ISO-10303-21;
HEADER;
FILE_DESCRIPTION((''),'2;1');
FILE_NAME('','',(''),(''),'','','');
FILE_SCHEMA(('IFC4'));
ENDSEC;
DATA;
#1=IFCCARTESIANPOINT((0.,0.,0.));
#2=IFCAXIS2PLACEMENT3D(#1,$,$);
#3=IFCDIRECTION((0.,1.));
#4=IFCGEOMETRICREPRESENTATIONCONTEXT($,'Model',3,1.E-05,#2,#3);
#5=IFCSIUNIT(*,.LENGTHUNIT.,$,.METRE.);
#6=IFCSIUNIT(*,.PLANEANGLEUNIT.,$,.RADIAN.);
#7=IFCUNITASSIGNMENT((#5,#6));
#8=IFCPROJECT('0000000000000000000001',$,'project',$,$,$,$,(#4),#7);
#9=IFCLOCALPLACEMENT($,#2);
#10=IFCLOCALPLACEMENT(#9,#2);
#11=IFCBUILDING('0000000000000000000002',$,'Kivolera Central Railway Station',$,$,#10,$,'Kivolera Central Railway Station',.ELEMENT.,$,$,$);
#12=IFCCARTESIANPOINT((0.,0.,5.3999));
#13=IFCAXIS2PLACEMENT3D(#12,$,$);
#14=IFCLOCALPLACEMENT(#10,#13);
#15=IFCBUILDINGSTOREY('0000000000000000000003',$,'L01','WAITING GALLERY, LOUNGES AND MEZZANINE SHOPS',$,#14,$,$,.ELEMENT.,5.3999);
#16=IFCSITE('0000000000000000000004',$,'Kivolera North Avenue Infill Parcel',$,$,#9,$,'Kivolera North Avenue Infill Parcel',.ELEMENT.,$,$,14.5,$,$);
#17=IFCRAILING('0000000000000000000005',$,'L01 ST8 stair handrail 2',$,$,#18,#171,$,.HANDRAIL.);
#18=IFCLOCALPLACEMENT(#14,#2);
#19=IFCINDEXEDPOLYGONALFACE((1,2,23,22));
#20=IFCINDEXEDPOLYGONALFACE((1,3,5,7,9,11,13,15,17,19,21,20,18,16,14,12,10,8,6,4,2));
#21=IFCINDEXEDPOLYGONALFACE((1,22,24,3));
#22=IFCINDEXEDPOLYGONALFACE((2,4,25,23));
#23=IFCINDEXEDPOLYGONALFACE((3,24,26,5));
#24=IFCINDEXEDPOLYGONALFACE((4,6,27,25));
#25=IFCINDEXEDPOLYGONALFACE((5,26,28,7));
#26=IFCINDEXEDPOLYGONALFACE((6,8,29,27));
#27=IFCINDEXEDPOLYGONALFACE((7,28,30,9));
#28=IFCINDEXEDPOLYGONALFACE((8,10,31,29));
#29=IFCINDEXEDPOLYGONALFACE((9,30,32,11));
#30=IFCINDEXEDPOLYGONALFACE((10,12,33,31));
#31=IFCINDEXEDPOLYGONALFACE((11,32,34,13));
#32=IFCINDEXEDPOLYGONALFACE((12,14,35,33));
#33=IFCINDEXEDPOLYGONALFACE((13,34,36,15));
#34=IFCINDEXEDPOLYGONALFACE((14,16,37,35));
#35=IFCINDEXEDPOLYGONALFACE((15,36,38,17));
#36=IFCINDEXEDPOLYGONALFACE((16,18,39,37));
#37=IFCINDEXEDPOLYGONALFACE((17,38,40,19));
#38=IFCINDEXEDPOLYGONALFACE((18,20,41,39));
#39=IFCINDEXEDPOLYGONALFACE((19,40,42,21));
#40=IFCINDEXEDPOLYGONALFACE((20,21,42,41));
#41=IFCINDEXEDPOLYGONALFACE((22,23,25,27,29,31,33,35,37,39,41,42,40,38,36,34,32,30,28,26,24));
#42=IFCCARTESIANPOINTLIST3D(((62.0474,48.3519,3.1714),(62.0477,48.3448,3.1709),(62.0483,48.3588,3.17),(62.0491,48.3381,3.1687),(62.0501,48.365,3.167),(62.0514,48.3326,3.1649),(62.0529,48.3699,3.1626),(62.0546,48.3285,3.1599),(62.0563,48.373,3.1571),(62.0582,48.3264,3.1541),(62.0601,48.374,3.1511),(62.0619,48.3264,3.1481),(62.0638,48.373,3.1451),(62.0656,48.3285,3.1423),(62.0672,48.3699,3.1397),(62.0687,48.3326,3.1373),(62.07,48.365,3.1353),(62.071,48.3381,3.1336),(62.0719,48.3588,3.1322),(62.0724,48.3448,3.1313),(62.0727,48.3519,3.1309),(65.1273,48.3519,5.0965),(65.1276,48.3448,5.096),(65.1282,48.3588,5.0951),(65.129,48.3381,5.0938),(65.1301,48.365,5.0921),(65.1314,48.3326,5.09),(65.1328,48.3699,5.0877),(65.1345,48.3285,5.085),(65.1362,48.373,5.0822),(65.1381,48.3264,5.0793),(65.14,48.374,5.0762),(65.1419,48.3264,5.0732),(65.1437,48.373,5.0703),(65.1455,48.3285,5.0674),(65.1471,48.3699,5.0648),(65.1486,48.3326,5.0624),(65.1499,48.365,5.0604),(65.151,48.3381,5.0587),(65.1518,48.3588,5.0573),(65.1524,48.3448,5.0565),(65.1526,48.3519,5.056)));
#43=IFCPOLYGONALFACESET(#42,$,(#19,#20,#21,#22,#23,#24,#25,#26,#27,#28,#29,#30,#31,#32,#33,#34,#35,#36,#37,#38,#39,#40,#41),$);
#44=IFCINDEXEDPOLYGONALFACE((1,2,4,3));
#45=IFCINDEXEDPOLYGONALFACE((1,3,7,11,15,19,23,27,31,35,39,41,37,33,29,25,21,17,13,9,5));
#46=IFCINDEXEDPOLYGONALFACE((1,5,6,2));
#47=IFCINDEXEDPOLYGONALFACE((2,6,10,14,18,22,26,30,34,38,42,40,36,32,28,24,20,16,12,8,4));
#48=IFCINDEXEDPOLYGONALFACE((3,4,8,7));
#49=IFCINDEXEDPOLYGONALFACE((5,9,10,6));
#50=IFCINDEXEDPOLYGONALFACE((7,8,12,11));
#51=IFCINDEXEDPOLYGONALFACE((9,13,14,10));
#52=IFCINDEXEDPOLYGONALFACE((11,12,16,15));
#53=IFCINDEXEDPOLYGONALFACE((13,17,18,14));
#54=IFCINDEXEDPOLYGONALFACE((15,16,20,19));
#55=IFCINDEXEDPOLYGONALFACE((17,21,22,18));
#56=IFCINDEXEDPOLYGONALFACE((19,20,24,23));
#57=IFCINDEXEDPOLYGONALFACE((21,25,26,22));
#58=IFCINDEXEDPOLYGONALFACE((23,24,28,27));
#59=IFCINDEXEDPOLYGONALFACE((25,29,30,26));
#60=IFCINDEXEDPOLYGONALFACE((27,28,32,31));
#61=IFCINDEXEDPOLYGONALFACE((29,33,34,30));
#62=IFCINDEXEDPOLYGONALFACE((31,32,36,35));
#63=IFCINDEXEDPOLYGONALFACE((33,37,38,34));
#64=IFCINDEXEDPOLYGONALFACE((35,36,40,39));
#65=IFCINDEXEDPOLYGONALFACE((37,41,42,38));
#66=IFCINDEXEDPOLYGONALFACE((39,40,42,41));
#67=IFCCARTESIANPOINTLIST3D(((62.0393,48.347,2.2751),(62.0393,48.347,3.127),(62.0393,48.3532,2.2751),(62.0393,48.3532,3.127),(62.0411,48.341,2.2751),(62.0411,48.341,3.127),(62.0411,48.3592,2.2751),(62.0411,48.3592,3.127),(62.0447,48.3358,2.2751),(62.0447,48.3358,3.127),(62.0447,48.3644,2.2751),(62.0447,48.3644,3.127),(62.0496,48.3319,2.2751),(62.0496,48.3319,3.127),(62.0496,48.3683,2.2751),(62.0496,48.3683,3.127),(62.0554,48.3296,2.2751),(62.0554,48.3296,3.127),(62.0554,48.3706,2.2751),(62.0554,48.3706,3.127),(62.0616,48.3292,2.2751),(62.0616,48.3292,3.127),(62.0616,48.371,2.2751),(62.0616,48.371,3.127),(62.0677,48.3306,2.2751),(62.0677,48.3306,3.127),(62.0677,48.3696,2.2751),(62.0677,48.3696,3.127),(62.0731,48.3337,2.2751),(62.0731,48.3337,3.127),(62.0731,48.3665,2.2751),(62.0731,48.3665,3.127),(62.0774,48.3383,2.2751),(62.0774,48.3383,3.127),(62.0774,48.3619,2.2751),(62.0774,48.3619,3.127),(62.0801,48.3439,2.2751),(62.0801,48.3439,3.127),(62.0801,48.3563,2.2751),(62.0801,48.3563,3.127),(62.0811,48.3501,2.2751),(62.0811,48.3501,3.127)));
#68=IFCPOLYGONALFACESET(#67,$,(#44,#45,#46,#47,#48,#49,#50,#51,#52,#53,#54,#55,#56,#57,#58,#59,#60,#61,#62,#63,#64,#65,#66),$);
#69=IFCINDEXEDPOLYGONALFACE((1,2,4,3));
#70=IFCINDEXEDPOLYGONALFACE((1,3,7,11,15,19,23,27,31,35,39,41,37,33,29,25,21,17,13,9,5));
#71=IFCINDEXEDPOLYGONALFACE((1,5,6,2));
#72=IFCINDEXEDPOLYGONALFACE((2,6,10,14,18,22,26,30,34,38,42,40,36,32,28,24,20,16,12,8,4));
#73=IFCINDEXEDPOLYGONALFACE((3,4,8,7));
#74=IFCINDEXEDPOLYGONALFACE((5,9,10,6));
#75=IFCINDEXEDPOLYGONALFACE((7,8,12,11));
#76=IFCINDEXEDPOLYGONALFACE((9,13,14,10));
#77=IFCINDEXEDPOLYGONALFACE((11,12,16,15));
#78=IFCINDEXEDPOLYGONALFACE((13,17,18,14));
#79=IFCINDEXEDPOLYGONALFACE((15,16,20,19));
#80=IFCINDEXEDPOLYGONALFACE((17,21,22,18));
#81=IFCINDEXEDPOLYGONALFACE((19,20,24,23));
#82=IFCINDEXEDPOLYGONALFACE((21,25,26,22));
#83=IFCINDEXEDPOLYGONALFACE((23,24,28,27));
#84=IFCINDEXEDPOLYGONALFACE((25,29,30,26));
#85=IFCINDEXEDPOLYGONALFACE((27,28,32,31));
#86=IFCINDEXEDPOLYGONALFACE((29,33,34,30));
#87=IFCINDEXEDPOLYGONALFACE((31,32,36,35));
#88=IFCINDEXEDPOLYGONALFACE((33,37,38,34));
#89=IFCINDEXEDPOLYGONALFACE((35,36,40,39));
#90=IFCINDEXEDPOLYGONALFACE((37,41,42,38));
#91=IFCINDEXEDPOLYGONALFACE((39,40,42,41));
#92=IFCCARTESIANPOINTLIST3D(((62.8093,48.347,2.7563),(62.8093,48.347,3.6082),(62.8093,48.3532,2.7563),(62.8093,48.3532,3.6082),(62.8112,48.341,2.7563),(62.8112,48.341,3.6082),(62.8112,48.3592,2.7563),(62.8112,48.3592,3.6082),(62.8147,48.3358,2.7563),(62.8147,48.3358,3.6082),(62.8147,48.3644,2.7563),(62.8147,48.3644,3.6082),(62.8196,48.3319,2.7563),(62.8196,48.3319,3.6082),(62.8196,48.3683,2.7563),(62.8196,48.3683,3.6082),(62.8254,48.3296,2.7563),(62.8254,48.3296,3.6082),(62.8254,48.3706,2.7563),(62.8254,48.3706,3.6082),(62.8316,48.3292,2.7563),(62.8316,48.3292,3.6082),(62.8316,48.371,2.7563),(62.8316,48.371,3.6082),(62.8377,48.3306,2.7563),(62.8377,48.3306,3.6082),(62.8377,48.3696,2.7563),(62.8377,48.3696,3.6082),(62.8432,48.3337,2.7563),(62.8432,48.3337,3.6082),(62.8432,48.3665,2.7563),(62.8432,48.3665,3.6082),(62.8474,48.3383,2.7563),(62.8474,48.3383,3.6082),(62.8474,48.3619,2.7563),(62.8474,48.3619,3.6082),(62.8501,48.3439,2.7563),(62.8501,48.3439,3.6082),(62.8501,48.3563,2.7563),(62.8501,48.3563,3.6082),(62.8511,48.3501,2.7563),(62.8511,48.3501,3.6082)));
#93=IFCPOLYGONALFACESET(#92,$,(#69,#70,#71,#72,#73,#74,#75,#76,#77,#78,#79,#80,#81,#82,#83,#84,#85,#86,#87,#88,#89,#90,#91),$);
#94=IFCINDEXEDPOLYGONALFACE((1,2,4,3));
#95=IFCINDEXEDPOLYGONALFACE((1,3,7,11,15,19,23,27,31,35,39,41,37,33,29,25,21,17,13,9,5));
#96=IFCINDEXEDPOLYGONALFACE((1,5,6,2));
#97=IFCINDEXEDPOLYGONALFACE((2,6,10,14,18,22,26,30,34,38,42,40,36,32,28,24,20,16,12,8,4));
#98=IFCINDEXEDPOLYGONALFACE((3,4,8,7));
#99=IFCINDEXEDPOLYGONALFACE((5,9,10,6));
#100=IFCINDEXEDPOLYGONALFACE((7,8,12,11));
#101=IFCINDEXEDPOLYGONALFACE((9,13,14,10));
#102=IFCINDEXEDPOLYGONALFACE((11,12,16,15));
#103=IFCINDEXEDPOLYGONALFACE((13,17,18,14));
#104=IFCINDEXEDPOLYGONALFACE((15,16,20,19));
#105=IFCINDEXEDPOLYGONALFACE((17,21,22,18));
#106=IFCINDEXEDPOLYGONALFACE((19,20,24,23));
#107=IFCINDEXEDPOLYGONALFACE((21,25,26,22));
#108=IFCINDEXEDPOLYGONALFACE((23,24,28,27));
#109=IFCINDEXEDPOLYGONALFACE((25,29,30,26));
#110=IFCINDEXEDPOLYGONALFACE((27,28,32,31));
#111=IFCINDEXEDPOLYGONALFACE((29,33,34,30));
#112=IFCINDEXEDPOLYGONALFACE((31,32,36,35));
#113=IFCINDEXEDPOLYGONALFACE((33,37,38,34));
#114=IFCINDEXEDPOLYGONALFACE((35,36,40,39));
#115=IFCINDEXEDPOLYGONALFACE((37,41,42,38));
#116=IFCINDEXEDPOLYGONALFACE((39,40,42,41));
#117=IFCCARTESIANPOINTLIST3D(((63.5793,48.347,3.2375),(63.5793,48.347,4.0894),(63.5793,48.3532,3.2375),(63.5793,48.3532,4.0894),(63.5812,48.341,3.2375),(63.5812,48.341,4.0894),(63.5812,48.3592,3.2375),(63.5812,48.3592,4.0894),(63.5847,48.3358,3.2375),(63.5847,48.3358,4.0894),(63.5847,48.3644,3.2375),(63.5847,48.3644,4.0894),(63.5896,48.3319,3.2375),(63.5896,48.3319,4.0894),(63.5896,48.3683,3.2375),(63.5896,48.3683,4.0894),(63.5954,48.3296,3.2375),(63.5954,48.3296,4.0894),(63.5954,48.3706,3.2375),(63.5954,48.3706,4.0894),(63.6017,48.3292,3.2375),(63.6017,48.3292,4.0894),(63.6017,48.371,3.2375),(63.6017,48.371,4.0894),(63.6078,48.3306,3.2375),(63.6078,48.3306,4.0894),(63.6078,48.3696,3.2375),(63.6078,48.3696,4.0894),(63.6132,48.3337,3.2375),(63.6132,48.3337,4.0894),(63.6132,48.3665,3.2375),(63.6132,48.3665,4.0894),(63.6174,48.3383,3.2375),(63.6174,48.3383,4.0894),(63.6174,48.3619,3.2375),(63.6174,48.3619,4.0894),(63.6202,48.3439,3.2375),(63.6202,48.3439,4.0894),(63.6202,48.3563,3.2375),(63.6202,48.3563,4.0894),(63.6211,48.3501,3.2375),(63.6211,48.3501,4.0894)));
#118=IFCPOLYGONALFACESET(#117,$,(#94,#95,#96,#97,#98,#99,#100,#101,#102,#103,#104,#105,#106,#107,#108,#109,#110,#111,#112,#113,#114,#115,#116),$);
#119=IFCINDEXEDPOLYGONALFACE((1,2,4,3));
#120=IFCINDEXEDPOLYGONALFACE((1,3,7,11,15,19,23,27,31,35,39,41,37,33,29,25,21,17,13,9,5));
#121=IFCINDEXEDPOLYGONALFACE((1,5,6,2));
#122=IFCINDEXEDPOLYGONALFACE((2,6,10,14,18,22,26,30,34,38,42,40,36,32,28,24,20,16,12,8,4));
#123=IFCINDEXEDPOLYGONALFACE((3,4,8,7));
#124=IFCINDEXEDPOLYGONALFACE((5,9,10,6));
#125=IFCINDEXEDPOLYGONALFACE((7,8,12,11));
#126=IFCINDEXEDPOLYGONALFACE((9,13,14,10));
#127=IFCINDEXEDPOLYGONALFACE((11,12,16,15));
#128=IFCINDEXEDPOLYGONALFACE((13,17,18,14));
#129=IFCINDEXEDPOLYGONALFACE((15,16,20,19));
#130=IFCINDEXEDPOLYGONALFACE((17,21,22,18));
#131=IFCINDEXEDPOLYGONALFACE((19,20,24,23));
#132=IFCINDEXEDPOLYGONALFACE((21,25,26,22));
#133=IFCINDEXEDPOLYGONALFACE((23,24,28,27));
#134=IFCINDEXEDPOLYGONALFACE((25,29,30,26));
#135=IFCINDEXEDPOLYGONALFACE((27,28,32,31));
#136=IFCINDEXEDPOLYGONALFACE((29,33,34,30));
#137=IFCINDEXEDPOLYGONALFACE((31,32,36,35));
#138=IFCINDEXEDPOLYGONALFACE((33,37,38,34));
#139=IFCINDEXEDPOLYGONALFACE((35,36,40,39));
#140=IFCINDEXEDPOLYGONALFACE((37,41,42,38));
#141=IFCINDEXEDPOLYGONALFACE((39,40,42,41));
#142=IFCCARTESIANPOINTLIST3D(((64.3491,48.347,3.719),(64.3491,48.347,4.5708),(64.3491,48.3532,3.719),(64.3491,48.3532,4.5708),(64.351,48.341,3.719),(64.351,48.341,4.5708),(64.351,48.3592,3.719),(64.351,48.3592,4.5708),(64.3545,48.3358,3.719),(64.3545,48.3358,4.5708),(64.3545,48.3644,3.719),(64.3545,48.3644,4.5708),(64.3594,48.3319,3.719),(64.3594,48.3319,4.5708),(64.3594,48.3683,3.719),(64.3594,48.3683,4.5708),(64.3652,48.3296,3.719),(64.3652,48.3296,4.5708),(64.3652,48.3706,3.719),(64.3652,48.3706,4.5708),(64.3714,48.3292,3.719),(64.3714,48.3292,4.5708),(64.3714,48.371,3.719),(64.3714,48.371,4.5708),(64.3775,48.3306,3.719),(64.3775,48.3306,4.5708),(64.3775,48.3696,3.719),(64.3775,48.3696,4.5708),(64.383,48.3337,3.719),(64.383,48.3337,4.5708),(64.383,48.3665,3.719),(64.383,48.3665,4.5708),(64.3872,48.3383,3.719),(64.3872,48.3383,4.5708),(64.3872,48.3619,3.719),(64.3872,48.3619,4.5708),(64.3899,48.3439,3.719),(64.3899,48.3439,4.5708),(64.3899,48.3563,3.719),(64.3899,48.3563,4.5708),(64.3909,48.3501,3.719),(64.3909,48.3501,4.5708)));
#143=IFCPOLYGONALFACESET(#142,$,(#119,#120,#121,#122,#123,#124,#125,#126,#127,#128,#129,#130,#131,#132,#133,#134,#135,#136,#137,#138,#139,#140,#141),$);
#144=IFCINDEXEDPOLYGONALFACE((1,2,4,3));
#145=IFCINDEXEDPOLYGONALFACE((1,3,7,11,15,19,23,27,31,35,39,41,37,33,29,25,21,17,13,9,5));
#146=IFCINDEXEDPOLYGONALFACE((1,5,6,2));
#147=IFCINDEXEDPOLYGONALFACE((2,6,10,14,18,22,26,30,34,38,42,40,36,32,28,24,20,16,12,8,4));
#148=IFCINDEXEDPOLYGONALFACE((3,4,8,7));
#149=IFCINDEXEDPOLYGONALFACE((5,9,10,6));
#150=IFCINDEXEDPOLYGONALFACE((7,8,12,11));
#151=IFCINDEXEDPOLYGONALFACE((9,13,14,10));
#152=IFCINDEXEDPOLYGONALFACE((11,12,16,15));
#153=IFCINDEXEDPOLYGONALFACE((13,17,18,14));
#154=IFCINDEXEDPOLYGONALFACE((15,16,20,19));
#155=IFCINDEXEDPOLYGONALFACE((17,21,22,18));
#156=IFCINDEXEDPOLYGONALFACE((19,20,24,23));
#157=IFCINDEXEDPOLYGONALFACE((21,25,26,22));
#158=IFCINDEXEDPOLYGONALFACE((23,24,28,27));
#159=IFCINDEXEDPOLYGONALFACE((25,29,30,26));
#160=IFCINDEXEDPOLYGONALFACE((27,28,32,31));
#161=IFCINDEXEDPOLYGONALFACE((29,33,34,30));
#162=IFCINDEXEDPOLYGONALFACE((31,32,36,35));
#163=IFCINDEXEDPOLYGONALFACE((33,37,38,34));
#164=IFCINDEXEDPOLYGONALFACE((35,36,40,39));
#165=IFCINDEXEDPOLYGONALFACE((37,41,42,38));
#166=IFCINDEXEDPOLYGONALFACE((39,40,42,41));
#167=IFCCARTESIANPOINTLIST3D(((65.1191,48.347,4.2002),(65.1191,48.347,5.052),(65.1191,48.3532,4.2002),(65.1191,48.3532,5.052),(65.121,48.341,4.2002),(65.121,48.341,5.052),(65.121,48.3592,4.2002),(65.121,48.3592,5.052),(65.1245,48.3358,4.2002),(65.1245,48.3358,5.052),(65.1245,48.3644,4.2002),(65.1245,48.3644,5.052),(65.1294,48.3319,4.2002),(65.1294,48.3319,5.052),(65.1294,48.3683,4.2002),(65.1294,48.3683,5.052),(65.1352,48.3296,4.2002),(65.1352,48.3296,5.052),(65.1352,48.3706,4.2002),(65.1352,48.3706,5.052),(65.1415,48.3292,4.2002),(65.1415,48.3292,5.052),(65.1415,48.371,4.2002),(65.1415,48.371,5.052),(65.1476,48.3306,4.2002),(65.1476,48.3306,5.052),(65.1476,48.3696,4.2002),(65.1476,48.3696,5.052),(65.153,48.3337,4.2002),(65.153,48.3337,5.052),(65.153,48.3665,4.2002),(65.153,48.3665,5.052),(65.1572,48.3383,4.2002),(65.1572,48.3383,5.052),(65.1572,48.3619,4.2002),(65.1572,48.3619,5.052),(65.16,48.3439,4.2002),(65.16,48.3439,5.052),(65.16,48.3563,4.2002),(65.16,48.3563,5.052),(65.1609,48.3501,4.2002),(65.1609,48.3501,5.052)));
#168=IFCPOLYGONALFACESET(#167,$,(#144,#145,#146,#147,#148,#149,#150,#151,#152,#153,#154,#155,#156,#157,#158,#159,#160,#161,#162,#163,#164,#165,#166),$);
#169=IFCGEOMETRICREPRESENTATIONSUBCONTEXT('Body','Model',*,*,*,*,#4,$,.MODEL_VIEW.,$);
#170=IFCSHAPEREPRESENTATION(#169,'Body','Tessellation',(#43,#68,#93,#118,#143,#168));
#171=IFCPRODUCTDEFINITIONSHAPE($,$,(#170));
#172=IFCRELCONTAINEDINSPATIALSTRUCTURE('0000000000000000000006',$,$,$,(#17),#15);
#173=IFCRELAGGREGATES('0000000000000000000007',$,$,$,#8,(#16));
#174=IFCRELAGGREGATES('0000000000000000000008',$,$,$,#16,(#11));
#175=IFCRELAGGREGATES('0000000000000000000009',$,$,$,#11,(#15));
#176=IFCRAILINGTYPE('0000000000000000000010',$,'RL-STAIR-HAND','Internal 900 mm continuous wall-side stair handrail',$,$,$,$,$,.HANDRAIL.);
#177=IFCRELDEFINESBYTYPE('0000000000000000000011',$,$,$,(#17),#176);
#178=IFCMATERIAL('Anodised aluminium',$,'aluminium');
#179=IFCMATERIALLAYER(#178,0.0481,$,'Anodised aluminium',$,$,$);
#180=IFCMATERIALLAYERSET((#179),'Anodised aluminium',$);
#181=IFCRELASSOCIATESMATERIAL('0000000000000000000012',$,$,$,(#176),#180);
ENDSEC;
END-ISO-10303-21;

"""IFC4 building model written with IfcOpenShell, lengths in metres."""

from ifc_helpers import new_model, si_unit, direction, frame, origin, origin_2d, place, context, subcontext, project, spatial, circle, extrude, material, layer, layer_set, type_object, element, save


model = new_model("IFC4")

# Units and contexts
model_context = context("Model", 3, precision=1e-05, world=origin(), true_north=direction((0.0, 1.0)))
body_context = subcontext(model_context, "Body", "Model", "MODEL_VIEW")
ifc_project = project(units=[si_unit("LENGTHUNIT", "METRE"), si_unit("PLANEANGLEUNIT", "RADIAN")], contexts=[model_context])

# Site, building, storey
site_placement = place(None, origin())
site = spatial("IfcSite", under=ifc_project, at=site_placement, Name="Kivolera North Avenue Infill Parcel", LongName="Kivolera North Avenue Infill Parcel", CompositionType="ELEMENT", RefElevation=14.5)
building_placement = place(site_placement, origin())
building = spatial("IfcBuilding", under=site, at=building_placement, Name="Kivolera Central Railway Station", LongName="Kivolera Central Railway Station", CompositionType="ELEMENT")
storey_placement = place(building_placement, frame((0.0, 0.0, 5.3999)))
storey = spatial("IfcBuildingStorey", under=building, at=storey_placement, Name="L01", Description="WAITING GALLERY, LOUNGES AND MEZZANINE SHOPS", CompositionType="ELEMENT", Elevation=5.3999)

# Railing
ifc_material_1 = material(Name="Anodised aluminium", Category="aluminium")
ifc_layer_1 = layer(ifc_material_1, 0.0481, Name="Anodised aluminium")
ifc_layer_set_1 = layer_set([ifc_layer_1], Name="Anodised aluminium")
railing_type_1 = type_object("IfcRailingType", Name="RL-STAIR-HAND", Description="Internal 900 mm continuous wall-side stair handrail", PredefinedType="HANDRAIL", material=ifc_layer_set_1)
railing_1_placement = place(storey_placement, frame((62.0601, 48.3501, 2.2751)))
element("IfcRailing", 1, at=railing_1_placement, inside=storey, type_object=railing_type_1, Name="L01 ST8 stair handrail 2", PredefinedType="HANDRAIL", context=body_context, shape_type="SweptSolid", body=[
    extrude(circle(Radius=0.0239, at=origin_2d()), frame((0.0, 0.0, 0.876), z_axis=(0.847979, 0.0, 0.530029), x_axis=(0.0, 1.0, 0.0)), (0.0, 0.0, 1.0), 3.6321),
    extrude(circle(Radius=0.021, at=origin_2d()), origin(), (0.0, 0.0, 1.0), 0.8518),
    extrude(circle(Radius=0.021, at=origin_2d()), frame((0.77, 0.0, 0.4812)), (0.0, 0.0, 1.0), 0.8518),
    extrude(circle(Radius=0.021, at=origin_2d()), frame((1.54, 0.0, 0.9624)), (0.0, 0.0, 1.0), 0.8518),
    extrude(circle(Radius=0.021, at=origin_2d()), frame((2.3098, 0.0, 1.4438)), (0.0, 0.0, 1.0), 0.8518),
    extrude(circle(Radius=0.021, at=origin_2d()), frame((3.0798, 0.0, 1.925)), (0.0, 0.0, 1.0), 0.8518),
])

save(model, "model.ifc")
